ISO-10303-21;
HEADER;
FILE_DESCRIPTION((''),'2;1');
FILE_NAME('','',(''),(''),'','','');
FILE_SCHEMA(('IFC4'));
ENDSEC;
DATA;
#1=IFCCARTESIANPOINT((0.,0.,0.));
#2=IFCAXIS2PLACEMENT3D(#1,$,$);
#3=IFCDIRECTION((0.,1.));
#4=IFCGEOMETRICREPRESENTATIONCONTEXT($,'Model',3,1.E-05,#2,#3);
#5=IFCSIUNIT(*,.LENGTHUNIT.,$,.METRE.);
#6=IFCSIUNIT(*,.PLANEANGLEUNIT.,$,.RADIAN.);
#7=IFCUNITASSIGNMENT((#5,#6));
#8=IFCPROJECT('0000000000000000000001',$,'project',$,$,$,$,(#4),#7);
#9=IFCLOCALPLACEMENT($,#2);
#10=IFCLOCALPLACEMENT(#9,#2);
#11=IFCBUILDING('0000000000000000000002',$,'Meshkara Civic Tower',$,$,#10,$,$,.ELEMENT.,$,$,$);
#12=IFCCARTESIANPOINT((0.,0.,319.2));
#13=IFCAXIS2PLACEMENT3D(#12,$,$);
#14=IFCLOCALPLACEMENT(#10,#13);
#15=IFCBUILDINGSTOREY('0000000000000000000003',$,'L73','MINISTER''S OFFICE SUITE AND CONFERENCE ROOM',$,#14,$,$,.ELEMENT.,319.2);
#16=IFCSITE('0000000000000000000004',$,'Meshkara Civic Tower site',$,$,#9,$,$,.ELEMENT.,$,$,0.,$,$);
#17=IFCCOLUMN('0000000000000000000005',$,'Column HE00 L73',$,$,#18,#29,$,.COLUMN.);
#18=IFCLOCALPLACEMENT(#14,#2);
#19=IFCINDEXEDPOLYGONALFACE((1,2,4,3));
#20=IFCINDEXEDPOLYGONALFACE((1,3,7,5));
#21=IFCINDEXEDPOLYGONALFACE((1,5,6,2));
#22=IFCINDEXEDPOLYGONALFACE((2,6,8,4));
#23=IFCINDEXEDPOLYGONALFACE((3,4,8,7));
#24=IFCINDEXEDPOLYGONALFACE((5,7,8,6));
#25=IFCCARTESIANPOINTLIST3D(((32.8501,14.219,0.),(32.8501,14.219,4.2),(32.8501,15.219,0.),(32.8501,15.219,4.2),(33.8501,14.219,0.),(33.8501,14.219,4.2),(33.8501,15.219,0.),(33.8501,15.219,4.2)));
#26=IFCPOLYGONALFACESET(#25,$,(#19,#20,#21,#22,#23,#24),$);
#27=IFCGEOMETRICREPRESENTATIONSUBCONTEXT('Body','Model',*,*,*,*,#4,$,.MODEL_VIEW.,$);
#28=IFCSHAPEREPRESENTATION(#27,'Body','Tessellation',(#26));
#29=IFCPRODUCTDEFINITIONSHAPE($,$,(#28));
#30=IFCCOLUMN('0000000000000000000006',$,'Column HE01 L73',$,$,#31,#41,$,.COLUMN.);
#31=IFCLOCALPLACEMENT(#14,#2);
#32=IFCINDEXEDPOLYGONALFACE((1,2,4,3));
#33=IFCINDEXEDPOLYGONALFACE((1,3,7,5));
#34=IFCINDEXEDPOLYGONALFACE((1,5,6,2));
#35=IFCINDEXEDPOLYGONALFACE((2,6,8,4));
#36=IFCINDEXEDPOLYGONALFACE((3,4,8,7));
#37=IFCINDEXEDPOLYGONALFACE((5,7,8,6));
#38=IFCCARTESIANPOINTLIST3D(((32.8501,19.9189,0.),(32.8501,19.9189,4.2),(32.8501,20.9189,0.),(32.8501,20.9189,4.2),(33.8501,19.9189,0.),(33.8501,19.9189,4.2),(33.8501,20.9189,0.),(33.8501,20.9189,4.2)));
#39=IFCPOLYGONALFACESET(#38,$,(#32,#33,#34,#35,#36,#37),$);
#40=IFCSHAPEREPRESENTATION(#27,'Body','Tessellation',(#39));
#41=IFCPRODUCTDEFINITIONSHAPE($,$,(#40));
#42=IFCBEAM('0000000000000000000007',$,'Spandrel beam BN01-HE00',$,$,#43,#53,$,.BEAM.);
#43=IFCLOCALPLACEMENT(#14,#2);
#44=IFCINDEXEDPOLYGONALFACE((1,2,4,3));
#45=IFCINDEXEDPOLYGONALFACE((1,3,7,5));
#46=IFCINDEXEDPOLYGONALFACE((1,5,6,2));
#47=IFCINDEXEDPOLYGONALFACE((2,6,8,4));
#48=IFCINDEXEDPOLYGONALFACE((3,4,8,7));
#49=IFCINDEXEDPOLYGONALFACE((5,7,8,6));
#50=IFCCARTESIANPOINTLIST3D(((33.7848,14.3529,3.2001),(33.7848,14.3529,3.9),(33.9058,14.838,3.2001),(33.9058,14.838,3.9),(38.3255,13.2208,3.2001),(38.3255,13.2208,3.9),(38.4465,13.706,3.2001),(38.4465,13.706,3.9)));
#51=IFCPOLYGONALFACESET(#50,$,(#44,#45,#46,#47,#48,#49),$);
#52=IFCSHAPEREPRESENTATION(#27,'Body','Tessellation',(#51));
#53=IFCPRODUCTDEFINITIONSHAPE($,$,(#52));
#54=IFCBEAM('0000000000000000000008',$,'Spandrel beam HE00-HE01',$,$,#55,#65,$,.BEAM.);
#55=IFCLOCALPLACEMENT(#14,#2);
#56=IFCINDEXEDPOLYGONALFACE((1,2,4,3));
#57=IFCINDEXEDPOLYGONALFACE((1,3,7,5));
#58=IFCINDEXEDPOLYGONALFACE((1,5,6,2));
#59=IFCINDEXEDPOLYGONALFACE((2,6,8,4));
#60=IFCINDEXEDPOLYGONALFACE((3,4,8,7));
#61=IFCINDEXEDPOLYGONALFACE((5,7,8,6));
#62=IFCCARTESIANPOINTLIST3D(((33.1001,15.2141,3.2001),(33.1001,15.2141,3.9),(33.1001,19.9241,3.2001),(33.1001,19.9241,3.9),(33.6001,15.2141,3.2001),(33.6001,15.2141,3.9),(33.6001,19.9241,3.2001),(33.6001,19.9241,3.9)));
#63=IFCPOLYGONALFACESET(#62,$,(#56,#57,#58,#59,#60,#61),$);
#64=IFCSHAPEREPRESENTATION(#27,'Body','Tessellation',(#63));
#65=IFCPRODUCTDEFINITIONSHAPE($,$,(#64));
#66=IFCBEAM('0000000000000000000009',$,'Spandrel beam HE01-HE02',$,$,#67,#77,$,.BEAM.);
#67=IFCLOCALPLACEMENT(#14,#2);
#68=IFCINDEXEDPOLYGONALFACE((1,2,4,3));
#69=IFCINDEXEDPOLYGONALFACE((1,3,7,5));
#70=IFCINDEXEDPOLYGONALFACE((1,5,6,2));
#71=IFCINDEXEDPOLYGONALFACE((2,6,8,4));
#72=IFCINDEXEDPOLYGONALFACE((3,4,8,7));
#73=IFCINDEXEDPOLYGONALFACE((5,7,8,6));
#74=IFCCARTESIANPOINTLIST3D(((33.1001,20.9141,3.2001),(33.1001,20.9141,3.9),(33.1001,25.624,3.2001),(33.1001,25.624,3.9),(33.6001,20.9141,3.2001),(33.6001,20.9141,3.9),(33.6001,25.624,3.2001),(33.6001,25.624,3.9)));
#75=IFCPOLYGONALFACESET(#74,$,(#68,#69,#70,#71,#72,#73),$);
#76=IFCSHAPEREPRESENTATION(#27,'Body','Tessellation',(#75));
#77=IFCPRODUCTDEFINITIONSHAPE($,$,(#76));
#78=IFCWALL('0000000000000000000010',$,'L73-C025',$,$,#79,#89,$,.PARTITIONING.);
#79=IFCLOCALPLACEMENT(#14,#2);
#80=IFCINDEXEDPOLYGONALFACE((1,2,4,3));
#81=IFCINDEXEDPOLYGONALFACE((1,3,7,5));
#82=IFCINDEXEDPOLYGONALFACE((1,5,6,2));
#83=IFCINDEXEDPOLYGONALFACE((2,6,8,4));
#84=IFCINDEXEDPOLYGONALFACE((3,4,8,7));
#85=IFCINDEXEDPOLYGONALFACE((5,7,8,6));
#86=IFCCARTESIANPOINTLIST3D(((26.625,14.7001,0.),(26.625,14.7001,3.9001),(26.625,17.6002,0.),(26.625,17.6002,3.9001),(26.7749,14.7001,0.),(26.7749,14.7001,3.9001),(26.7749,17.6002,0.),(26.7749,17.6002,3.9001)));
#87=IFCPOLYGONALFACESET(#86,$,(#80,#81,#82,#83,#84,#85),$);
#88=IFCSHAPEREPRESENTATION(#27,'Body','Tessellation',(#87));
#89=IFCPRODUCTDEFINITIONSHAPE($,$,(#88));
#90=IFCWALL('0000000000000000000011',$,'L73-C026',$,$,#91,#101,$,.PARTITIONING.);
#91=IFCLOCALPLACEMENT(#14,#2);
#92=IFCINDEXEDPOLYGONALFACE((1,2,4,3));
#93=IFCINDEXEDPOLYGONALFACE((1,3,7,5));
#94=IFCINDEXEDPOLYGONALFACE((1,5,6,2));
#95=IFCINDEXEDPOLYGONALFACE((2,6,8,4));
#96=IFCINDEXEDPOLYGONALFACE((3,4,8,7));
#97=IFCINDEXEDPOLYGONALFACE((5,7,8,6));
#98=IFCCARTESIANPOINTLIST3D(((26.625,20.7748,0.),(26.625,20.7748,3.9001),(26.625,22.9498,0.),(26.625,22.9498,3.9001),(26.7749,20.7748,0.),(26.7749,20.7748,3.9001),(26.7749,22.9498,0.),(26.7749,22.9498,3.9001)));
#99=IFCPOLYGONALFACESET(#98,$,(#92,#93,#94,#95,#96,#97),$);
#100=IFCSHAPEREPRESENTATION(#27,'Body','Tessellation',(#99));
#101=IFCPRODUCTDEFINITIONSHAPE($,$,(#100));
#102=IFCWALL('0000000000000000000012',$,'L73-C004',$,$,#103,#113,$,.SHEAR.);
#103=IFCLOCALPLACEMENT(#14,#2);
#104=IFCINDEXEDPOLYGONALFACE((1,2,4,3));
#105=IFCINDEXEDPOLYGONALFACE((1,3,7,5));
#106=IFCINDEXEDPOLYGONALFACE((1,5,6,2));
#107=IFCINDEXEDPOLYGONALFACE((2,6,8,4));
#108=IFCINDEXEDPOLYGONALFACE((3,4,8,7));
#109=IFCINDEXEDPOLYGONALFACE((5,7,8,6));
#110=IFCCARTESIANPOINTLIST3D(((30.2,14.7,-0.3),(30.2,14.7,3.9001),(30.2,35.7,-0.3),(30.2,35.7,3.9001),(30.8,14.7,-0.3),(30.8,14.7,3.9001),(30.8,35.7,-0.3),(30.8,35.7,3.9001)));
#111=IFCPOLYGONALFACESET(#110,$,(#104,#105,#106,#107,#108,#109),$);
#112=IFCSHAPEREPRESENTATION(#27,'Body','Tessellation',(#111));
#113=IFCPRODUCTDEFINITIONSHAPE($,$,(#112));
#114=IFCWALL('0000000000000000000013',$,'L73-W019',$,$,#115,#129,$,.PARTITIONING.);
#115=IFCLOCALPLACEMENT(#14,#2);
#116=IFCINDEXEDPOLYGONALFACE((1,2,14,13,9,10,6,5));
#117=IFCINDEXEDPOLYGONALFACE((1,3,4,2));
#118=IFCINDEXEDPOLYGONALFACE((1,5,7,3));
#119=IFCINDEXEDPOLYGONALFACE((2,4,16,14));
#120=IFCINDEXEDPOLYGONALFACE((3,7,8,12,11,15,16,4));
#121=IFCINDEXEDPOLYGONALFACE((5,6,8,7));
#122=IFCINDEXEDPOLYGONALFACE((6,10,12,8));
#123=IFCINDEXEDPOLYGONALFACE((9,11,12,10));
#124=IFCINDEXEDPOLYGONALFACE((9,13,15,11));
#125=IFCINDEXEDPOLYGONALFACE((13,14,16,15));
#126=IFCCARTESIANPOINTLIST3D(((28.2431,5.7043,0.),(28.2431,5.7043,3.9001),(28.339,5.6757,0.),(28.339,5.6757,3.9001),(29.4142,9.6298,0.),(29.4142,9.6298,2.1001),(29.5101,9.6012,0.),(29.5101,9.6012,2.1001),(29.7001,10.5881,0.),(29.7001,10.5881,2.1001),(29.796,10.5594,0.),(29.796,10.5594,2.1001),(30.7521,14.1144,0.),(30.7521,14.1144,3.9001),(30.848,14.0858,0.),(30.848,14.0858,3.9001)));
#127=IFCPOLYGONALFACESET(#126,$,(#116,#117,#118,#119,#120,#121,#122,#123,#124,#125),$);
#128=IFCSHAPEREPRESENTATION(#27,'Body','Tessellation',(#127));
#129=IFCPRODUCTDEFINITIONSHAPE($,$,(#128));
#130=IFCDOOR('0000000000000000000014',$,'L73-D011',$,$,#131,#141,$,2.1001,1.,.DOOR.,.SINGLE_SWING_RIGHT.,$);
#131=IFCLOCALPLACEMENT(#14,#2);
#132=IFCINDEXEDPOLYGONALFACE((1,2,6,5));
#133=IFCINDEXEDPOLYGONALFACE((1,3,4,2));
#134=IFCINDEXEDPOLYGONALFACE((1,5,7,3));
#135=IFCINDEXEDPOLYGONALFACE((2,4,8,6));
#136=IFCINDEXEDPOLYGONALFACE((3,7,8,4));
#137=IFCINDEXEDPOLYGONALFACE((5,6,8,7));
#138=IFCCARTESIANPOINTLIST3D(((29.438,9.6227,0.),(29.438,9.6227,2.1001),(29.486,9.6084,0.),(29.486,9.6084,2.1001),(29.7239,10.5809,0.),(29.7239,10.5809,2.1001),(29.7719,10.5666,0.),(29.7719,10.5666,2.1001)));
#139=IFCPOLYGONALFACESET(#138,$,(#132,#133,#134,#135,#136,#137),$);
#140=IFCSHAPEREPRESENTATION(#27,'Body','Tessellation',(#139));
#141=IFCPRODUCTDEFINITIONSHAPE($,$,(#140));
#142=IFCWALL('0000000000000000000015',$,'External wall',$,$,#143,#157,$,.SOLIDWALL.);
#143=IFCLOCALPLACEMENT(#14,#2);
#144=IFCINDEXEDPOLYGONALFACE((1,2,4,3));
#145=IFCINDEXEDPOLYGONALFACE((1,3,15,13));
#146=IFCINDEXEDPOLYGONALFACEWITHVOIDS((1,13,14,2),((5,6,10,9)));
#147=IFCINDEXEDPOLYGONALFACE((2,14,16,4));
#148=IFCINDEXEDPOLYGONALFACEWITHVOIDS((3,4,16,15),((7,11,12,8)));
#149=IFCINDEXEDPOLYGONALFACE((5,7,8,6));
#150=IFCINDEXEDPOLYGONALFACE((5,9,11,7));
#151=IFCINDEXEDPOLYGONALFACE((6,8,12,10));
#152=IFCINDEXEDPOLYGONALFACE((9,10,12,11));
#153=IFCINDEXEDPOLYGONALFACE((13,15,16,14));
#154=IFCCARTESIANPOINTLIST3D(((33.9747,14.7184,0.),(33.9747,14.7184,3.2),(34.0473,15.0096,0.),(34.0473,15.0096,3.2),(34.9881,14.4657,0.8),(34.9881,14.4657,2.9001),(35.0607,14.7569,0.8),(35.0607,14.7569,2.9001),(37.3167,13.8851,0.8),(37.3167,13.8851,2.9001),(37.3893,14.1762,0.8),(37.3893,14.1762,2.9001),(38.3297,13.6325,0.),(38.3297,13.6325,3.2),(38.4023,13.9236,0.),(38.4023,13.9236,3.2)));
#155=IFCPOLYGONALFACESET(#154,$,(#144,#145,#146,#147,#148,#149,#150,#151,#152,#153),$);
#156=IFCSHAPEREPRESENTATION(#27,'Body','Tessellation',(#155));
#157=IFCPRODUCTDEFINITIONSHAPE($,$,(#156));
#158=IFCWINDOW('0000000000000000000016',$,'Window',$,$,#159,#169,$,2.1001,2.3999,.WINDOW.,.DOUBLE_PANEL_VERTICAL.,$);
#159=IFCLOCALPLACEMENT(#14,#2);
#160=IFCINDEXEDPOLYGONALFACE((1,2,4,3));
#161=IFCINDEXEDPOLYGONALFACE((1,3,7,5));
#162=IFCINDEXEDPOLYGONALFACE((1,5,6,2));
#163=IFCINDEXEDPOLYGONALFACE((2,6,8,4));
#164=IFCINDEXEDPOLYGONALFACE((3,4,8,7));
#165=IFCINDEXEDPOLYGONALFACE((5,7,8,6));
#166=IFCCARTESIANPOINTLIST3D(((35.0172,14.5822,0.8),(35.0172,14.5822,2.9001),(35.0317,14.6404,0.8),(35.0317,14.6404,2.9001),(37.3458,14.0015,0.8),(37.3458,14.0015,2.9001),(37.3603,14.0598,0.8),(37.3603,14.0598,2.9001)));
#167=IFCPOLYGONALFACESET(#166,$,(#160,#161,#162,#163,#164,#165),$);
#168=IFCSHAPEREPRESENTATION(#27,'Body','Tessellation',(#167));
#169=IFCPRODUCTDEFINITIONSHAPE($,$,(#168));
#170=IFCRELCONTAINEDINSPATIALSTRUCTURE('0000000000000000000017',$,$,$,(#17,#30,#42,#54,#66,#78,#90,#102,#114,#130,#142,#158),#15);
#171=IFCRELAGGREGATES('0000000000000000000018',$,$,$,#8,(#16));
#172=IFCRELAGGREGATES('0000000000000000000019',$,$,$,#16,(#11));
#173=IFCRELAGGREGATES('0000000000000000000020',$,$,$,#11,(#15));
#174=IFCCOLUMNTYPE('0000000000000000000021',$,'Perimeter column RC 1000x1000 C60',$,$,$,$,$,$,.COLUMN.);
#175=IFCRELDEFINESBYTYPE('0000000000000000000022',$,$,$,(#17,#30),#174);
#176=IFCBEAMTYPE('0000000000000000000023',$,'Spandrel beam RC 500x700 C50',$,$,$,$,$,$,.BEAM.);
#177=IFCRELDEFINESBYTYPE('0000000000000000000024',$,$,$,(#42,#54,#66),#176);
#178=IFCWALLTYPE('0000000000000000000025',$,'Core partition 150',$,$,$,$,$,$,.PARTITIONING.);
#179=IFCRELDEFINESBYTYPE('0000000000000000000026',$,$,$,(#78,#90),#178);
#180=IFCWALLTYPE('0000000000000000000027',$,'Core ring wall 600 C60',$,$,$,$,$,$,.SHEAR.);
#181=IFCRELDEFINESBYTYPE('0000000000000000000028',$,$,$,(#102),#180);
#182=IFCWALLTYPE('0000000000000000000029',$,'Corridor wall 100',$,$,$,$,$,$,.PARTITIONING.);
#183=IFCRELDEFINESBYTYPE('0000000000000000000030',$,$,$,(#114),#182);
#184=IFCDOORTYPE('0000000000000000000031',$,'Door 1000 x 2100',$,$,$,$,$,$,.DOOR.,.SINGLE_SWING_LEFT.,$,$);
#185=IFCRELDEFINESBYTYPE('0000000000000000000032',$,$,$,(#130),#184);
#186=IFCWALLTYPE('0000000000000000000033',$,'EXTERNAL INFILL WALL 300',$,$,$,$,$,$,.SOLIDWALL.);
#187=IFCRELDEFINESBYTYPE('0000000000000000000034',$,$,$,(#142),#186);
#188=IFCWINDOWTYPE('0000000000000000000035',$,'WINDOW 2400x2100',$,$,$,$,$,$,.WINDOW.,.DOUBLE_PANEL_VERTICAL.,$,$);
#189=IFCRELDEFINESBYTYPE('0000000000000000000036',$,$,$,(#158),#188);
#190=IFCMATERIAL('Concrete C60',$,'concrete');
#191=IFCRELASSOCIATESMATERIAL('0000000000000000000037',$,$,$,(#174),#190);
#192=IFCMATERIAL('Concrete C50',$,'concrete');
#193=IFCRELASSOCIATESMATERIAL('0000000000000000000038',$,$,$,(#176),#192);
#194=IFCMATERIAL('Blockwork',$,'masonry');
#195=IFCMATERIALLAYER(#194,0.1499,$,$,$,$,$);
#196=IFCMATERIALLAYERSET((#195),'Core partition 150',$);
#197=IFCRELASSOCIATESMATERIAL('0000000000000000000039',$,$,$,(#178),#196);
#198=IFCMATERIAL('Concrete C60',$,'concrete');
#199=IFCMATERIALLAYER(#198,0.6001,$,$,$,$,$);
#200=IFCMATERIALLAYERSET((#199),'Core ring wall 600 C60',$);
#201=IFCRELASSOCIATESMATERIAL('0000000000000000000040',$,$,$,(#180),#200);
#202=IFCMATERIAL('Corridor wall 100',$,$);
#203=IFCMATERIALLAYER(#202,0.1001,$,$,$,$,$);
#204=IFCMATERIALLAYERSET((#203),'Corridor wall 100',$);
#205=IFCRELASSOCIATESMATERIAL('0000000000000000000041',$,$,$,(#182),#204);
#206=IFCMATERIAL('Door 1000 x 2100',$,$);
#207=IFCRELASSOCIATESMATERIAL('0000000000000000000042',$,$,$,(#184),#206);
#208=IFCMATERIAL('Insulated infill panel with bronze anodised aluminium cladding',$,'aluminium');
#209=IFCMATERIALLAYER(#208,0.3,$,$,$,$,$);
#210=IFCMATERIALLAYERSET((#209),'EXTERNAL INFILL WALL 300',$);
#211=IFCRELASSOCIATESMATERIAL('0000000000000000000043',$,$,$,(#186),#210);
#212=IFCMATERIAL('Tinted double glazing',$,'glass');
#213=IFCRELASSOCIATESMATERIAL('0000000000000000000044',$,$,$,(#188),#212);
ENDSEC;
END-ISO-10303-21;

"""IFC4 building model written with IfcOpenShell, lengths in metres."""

from ifc_helpers import new_model, si_unit, direction, frame, frame_2d, origin, origin_2d, place, context, subcontext, project, spatial, rectangle, extrude, material, layer, layer_set, material_profile, profile_set, type_object, element, fill, save


model = new_model("IFC4")

# Units and contexts
model_context = context("Model", 3, precision=1e-05, world=origin(), true_north=direction((0.0, 1.0)))
body_context = subcontext(model_context, "Body", "Model", "MODEL_VIEW")
ifc_project = project(units=[si_unit("LENGTHUNIT", "METRE"), si_unit("PLANEANGLEUNIT", "RADIAN")], contexts=[model_context])

# Site, building, storey
site_placement = place(None, origin())
site = spatial("IfcSite", under=ifc_project, at=site_placement, Name="Meshkara Civic Tower site", CompositionType="ELEMENT", RefElevation=0.0)
building_placement = place(site_placement, origin())
building = spatial("IfcBuilding", under=site, at=building_placement, Name="Meshkara Civic Tower", CompositionType="ELEMENT")
storey_placement = place(building_placement, frame((0.0, 0.0, 319.2)))
storey = spatial("IfcBuildingStorey", under=building, at=storey_placement, Name="L73", Description="MINISTER'S OFFICE SUITE AND CONFERENCE ROOM", CompositionType="ELEMENT", Elevation=319.2)

# Columns
ifc_material_1 = material(Name="Concrete C60", Category="concrete")
ifc_material_profile_1 = material_profile(ifc_material_1, rectangle(XDim=1.0, YDim=1.0, at=origin_2d()))
ifc_profile_set_1 = profile_set([ifc_material_profile_1], Name="Concrete C60")
column_type = type_object("IfcColumnType", Name="Perimeter column RC 1000x1000 C60", PredefinedType="COLUMN", material=ifc_profile_set_1)
for number, where, z_axis, x_axis, name in (
    (1, (33.3501, 14.719, 0.0), (0.0, 0.0, 1.0), (1.0, 0.0, 0.0), "Column HE00 L73"),
    (2, (33.3501, 20.4189, 0.0), (0.0, 0.0, 1.0), (1.0, 0.0, 0.0), "Column HE01 L73"),
):
    element("IfcColumn", number, at=place(storey_placement, frame(where, z_axis=z_axis, x_axis=x_axis)), inside=storey, type_object=column_type, Name=name, PredefinedType="COLUMN", context=body_context, shape_type="SweptSolid", body=[
        extrude(rectangle(XDim=1.0, YDim=1.0, at=origin_2d()), origin(), (0.0, 0.0, 1.0), 4.2),
    ])

# Beams
ifc_material_2 = material(Name="Concrete C50", Category="concrete")
ifc_material_profile_2 = material_profile(ifc_material_2, rectangle(XDim=0.5, YDim=0.7, at=origin_2d()))
ifc_profile_set_2 = profile_set([ifc_material_profile_2], Name="Concrete C50")
beam_type = type_object("IfcBeamType", Name="Spandrel beam RC 500x700 C50", PredefinedType="BEAM", material=ifc_profile_set_2)
beam_placement = place(storey_placement, frame((38.386, 13.4634, 3.55), z_axis=(-0.970299, 0.24191, 0.0), x_axis=(-0.24191, -0.970299, 0.0)))
element("IfcBeam", 3, at=beam_placement, inside=storey, type_object=beam_type, Name="Spandrel beam BN01-HE00", PredefinedType="BEAM", context=body_context, shape_type="SweptSolid", body=[
    extrude(rectangle(XDim=0.5, YDim=0.7, at=origin_2d()), origin(), (0.0, 0.0, 1.0), 4.6797),
])
for number, where, z_axis, x_axis, name in (
    (4, (33.3501, 15.2141, 3.55), (0.0, 1.0, 0.0), (-1.0, 0.0, 0.0), "Spandrel beam HE00-HE01"),
    (5, (33.3501, 20.9141, 3.55), (0.0, 1.0, 0.0), (-1.0, 0.0, 0.0), "Spandrel beam HE01-HE02"),
):
    element("IfcBeam", number, at=place(storey_placement, frame(where, z_axis=z_axis, x_axis=x_axis)), inside=storey, type_object=beam_type, Name=name, PredefinedType="BEAM", context=body_context, shape_type="SweptSolid", body=[
        extrude(rectangle(XDim=0.5, YDim=0.7, at=origin_2d()), origin(), (0.0, 0.0, 1.0), 4.71),
    ])

# Walls
ifc_material_3 = material(Name="Blockwork", Category="masonry")
ifc_layer_1 = layer(ifc_material_3, 0.1499)
ifc_layer_set_1 = layer_set([ifc_layer_1], Name="Core partition 150")
wall_type_1 = type_object("IfcWallType", Name="Core partition 150", PredefinedType="PARTITIONING", material=ifc_layer_set_1)
wall_1_placement = place(storey_placement, frame((26.7, 14.7, 0.0), z_axis=(0.0, 0.0, 1.0), x_axis=(0.0, 1.0, 0.0)))
element("IfcWall", 6, at=wall_1_placement, inside=storey, type_object=wall_type_1, Name="L73-C025", PredefinedType="PARTITIONING", context=body_context, shape_type="SweptSolid", body=[
    extrude(rectangle(XDim=2.9001, YDim=0.1499, at=frame_2d((1.4502, 0.0))), origin(), (0.0, 0.0, 1.0), 3.9001),
])
wall_2_placement = place(storey_placement, frame((26.7, 20.7749, 0.0), z_axis=(0.0, 0.0, 1.0), x_axis=(0.0, 1.0, 0.0)))
element("IfcWall", 7, at=wall_2_placement, inside=storey, type_object=wall_type_1, Name="L73-C026", PredefinedType="PARTITIONING", context=body_context, shape_type="SweptSolid", body=[
    extrude(rectangle(XDim=2.175, YDim=0.1499, at=frame_2d((1.0874, 0.0))), origin(), (0.0, 0.0, 1.0), 3.9001),
])
ifc_material_4 = material(Name="Concrete C60", Category="concrete")
ifc_layer_2 = layer(ifc_material_4, 0.6001)
ifc_layer_set_2 = layer_set([ifc_layer_2], Name="Core ring wall 600 C60")
wall_type_2 = type_object("IfcWallType", Name="Core ring wall 600 C60", PredefinedType="SHEAR", material=ifc_layer_set_2)
wall_3_placement = place(storey_placement, frame((30.5, 14.7, -0.3), z_axis=(0.0, 0.0, 1.0), x_axis=(0.0, 1.0, 0.0)))
element("IfcWall", 8, at=wall_3_placement, inside=storey, type_object=wall_type_2, Name="L73-C004", PredefinedType="SHEAR", context=body_context, shape_type="SweptSolid", body=[
    extrude(rectangle(XDim=21.0, YDim=0.6001, at=frame_2d((10.5, 0.0))), origin(), (0.0, 0.0, 1.0), 4.2002),
])

# Wall, opening, door
ifc_material_5 = material(Name="Corridor wall 100")
ifc_layer_3 = layer(ifc_material_5, 0.1001)
ifc_layer_set_3 = layer_set([ifc_layer_3], Name="Corridor wall 100")
wall_type_3 = type_object("IfcWallType", Name="Corridor wall 100", PredefinedType="PARTITIONING", material=ifc_layer_set_3)
wall_4_placement = place(storey_placement, frame((30.8, 14.1001, 0.0), z_axis=(0.0, 0.0, 1.0), x_axis=(-0.285883, -0.958265, 0.0)))
wall_4 = element("IfcWall", 9, at=wall_4_placement, inside=storey, type_object=wall_type_3, Name="L73-W019", PredefinedType="PARTITIONING", context=body_context, shape_type="SweptSolid", body=[
    extrude(rectangle(XDim=8.7764, YDim=0.1001, at=frame_2d((4.3882, 0.0))), origin(), (0.0, 0.0, 1.0), 3.9001),
])
opening_1_placement = place(wall_4_placement, frame((3.6799, 0.0, 0.0)))
opening_1 = element("IfcOpeningElement", 10, at=opening_1_placement, cuts=wall_4, PredefinedType="OPENING", context=body_context, shape_type="SweptSolid", body=[
    extrude(rectangle(XDim=1.0, YDim=2.1001, at=frame_2d((0.5, 1.05))), frame((0.0, 0.0601, 0.0), z_axis=(0.0, -1.0, 0.0), x_axis=(1.0, 0.0, 0.0)), (0.0, 0.0, 1.0), 0.1201),
])
ifc_material_6 = material(Name="Door 1000 x 2100")
door_type = type_object("IfcDoorType", Name="Door 1000 x 2100", OperationType="SINGLE_SWING_LEFT", PredefinedType="DOOR", material=ifc_material_6)
door_placement = place(opening_1_placement, origin())
door = element("IfcDoor", 11, at=door_placement, inside=storey, type_object=door_type, Name="L73-D011", OperationType="SINGLE_SWING_RIGHT", OverallHeight=2.1001, OverallWidth=1.0, PredefinedType="DOOR", context=body_context, shape_type="SweptSolid", body=[
    extrude(rectangle(XDim=1.0, YDim=2.1001, at=frame_2d((0.5, 1.05))), frame((0.0, 0.0249, 0.0), z_axis=(0.0, -1.0, 0.0), x_axis=(1.0, 0.0, 0.0)), (0.0, 0.0, 1.0), 0.05),
])
fill(opening_1, door)

# Wall, opening, window
ifc_material_7 = material(Name="Insulated infill panel with bronze anodised aluminium cladding", Category="aluminium")
ifc_layer_4 = layer(ifc_material_7, 0.3)
ifc_layer_set_4 = layer_set([ifc_layer_4], Name="EXTERNAL INFILL WALL 300")
wall_type_4 = type_object("IfcWallType", Name="EXTERNAL INFILL WALL 300", PredefinedType="SOLIDWALL", material=ifc_layer_set_4)
wall_5_placement = place(storey_placement, frame((38.366, 13.7781, 0.0), z_axis=(0.0, 0.0, 1.0), x_axis=(-0.97029, 0.241947, 0.0)))
wall_5 = element("IfcWall", 12, at=wall_5_placement, inside=storey, type_object=wall_type_4, Name="External wall", PredefinedType="SOLIDWALL", context=body_context, shape_type="SweptSolid", body=[
    extrude(rectangle(XDim=4.4883, YDim=0.3, at=frame_2d((2.2441, 0.0))), origin(), (0.0, 0.0, 1.0), 3.2),
])
opening_2_placement = place(wall_5_placement, frame((1.0439, 0.0, 0.8)))
opening_2 = element("IfcOpeningElement", 13, at=opening_2_placement, cuts=wall_5, PredefinedType="OPENING", context=body_context, shape_type="SweptSolid", body=[
    extrude(rectangle(XDim=2.3999, YDim=2.1001, at=frame_2d((1.2, 1.05))), frame((0.0, 0.1599, 0.0), z_axis=(0.0, -1.0, 0.0), x_axis=(1.0, 0.0, 0.0)), (0.0, 0.0, 1.0), 0.3201),
])
ifc_material_8 = material(Name="Tinted double glazing", Category="glass")
window_type = type_object("IfcWindowType", Name="WINDOW 2400x2100", PartitioningType="DOUBLE_PANEL_VERTICAL", PredefinedType="WINDOW", material=ifc_material_8)
window_1_placement = place(opening_2_placement, origin())
window_1 = element("IfcWindow", 14, at=window_1_placement, inside=storey, type_object=window_type, Name="Window", OverallHeight=2.1001, OverallWidth=2.3999, PartitioningType="DOUBLE_PANEL_VERTICAL", PredefinedType="WINDOW", context=body_context, shape_type="SweptSolid", body=[
    extrude(rectangle(XDim=2.3999, YDim=2.1001, at=frame_2d((1.2, 1.05))), frame((0.0, 0.03, 0.0), z_axis=(0.0, -1.0, 0.0), x_axis=(1.0, 0.0, 0.0)), (0.0, 0.0, 1.0), 0.0601),
])
fill(opening_2, window_1)

save(model, "model.ifc")
